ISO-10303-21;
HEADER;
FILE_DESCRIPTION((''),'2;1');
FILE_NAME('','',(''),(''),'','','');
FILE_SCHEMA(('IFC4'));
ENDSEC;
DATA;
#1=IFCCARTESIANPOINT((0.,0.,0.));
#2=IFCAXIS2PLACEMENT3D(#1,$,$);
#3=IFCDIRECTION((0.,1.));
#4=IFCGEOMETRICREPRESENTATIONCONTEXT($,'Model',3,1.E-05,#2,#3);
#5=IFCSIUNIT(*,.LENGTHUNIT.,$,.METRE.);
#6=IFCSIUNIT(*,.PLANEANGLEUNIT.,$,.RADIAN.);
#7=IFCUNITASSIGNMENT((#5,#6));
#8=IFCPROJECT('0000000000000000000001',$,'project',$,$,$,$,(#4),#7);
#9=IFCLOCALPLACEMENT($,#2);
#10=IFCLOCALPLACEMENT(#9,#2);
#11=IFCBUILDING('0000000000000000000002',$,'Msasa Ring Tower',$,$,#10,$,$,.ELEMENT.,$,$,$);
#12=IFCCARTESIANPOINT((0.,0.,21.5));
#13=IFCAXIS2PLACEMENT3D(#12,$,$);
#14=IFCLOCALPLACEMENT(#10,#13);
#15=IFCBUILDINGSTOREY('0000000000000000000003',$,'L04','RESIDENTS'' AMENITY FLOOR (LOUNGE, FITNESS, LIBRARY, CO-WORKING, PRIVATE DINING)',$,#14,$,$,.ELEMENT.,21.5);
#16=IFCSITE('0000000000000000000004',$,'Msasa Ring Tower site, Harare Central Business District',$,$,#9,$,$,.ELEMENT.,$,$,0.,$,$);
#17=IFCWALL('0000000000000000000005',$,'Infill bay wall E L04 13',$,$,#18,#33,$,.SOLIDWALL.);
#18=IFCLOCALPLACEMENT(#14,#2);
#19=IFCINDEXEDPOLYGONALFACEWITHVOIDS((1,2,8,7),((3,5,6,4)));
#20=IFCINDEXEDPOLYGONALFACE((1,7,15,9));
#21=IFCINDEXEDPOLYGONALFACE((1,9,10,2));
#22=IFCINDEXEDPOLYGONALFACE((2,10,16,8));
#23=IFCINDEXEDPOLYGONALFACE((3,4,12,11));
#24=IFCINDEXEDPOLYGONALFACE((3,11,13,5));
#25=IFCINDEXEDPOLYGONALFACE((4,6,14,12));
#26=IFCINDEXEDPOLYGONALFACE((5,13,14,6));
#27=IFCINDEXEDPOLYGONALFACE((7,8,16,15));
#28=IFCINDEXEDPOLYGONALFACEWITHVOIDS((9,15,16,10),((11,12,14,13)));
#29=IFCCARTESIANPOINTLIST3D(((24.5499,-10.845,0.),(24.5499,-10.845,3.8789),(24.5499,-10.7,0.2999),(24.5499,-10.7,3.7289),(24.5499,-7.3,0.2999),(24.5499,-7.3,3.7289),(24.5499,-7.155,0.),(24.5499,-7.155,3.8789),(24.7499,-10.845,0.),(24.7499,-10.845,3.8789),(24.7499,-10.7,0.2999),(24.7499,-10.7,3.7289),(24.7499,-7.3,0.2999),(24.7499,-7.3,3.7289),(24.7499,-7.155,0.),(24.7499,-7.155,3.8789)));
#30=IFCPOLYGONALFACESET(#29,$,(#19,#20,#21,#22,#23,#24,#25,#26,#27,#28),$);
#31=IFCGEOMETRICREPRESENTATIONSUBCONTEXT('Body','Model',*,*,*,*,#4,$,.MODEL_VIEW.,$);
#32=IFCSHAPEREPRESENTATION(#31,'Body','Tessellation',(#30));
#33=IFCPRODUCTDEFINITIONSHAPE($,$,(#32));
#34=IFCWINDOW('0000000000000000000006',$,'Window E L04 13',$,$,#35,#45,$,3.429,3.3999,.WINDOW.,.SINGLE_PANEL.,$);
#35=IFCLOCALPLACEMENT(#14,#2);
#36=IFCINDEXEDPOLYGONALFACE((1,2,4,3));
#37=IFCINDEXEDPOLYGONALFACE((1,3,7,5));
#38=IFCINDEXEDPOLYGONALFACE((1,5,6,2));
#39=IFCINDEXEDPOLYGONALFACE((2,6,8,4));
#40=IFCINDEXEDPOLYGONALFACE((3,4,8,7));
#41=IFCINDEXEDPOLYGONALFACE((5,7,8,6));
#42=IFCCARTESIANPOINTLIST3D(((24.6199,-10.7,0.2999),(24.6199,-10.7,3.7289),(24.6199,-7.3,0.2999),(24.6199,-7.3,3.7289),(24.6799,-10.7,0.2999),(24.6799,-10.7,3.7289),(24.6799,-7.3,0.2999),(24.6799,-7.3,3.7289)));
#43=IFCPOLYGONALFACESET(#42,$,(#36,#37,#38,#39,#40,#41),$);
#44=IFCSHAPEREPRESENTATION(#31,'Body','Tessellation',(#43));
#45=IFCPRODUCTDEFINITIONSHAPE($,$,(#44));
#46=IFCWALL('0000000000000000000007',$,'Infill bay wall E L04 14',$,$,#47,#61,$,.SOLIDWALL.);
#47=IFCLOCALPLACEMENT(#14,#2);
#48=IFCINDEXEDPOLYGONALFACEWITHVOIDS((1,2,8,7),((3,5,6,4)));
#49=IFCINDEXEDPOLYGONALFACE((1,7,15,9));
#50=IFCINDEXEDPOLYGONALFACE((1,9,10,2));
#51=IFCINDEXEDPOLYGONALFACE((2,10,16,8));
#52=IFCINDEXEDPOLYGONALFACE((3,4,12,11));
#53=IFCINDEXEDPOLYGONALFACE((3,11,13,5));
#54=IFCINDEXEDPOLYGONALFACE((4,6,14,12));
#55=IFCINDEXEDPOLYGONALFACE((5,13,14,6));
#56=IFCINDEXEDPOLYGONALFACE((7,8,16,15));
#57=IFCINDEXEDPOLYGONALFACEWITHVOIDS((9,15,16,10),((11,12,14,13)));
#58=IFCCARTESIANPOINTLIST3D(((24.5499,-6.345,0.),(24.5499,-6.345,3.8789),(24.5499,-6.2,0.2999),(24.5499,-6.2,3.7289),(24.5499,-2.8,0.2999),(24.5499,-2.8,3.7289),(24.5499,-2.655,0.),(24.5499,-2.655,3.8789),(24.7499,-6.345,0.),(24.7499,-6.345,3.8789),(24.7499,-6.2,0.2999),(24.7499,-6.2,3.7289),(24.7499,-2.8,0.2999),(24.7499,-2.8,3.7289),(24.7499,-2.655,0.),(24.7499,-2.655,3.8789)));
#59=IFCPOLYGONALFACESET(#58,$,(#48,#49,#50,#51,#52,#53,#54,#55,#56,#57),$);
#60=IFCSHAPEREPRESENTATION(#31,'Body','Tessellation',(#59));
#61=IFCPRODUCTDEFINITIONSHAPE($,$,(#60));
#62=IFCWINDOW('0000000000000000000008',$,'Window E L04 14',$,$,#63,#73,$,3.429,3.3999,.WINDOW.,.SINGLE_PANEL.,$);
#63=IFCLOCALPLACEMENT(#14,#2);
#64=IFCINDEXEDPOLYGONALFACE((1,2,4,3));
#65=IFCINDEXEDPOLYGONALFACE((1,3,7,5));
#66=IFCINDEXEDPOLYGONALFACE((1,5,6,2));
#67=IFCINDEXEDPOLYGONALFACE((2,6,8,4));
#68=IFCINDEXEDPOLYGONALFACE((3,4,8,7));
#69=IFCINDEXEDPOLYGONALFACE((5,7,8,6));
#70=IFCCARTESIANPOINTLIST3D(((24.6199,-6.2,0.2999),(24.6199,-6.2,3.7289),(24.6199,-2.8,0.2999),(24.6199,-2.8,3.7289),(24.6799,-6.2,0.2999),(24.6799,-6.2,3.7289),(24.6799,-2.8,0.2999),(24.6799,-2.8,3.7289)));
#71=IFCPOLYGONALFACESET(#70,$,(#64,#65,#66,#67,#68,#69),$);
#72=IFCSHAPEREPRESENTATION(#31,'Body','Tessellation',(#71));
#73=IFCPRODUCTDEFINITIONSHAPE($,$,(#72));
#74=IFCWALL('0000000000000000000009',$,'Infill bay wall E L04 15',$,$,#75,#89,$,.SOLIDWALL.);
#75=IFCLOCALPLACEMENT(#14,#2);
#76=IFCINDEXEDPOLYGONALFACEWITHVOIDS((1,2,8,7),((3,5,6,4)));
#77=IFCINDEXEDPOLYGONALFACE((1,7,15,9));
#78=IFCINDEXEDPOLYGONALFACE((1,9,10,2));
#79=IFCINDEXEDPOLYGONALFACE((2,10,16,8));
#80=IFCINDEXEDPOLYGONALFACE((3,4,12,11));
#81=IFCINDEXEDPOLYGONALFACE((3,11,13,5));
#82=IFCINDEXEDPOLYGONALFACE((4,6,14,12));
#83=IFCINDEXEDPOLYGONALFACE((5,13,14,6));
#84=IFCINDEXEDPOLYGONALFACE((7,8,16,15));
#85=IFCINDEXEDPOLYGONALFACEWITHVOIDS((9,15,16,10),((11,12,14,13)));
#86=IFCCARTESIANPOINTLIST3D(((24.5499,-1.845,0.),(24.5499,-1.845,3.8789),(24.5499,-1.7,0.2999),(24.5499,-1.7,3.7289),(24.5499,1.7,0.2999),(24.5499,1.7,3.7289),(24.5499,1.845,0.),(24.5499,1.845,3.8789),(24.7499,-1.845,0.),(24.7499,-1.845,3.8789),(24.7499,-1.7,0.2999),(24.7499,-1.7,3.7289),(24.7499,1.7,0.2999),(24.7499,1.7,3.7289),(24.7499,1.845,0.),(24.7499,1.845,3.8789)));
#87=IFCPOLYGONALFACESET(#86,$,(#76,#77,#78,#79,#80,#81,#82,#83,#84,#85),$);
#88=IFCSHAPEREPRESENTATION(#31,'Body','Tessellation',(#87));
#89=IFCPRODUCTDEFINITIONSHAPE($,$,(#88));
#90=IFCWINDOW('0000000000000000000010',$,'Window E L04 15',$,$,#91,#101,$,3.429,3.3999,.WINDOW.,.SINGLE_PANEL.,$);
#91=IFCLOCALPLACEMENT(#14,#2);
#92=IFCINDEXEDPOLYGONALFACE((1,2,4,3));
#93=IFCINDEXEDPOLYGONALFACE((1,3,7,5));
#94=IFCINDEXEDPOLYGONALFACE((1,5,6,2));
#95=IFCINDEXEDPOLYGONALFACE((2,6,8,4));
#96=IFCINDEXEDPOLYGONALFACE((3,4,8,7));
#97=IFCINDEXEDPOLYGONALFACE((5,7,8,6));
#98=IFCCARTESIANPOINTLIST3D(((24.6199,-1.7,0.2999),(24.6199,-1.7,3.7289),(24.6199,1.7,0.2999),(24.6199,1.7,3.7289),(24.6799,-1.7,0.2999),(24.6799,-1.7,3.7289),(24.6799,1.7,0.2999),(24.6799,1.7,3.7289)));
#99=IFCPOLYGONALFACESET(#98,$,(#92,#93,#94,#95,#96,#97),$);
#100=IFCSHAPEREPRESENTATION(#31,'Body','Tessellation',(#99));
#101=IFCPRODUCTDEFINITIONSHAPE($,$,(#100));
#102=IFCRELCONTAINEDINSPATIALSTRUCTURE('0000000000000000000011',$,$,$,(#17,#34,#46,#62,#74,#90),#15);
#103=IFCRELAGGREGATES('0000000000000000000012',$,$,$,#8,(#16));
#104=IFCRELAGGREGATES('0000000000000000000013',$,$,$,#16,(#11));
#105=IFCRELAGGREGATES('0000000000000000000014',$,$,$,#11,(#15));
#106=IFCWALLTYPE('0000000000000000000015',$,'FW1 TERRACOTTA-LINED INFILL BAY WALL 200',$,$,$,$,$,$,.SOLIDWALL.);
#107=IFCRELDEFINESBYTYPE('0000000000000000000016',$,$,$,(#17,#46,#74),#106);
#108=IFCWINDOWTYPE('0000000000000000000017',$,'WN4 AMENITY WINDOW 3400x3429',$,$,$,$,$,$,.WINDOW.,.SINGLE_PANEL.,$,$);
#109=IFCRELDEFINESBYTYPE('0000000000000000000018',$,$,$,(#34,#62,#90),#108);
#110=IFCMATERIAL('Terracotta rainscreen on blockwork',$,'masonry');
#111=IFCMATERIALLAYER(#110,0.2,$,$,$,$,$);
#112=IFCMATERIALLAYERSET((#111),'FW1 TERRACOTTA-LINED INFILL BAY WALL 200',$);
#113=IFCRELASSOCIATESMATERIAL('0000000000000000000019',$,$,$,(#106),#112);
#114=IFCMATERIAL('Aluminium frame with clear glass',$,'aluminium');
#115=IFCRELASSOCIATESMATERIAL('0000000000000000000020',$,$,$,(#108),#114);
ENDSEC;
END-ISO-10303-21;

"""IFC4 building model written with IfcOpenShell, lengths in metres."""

from ifc_helpers import new_model, si_unit, direction, frame, frame_2d, origin, place, context, subcontext, project, spatial, rectangle, extrude, material, layer, layer_set, type_object, element, fill, save


model = new_model("IFC4")

# Units and contexts
model_context = context("Model", 3, precision=1e-05, world=origin(), true_north=direction((0.0, 1.0)))
body_context = subcontext(model_context, "Body", "Model", "MODEL_VIEW")
ifc_project = project(units=[si_unit("LENGTHUNIT", "METRE"), si_unit("PLANEANGLEUNIT", "RADIAN")], contexts=[model_context])

# Site, building, storey
site_placement = place(None, origin())
site = spatial("IfcSite", under=ifc_project, at=site_placement, Name="Msasa Ring Tower site, Harare Central Business District", CompositionType="ELEMENT", RefElevation=0.0)
building_placement = place(site_placement, origin())
building = spatial("IfcBuilding", under=site, at=building_placement, Name="Msasa Ring Tower", CompositionType="ELEMENT")
storey_placement = place(building_placement, frame((0.0, 0.0, 21.5)))
storey = spatial("IfcBuildingStorey", under=building, at=storey_placement, Name="L04", Description="RESIDENTS' AMENITY FLOOR (LOUNGE, FITNESS, LIBRARY, CO-WORKING, PRIVATE DINING)", CompositionType="ELEMENT", Elevation=21.5)

# Walls, openings, windows
ifc_material_1 = material(Name="Terracotta rainscreen on blockwork", Category="masonry")
ifc_layer_1 = layer(ifc_material_1, 0.2)
ifc_layer_set_1 = layer_set([ifc_layer_1], Name="FW1 TERRACOTTA-LINED INFILL BAY WALL 200")
wall_type_1 = type_object("IfcWallType", Name="FW1 TERRACOTTA-LINED INFILL BAY WALL 200", PredefinedType="SOLIDWALL", material=ifc_layer_set_1)
wall_1_placement = place(storey_placement, frame((24.6499, -10.845, 0.0), z_axis=(0.0, 0.0, 1.0), x_axis=(0.0, 1.0, 0.0)))
wall_1 = element("IfcWall", 1, at=wall_1_placement, inside=storey, type_object=wall_type_1, Name="Infill bay wall E L04 13", PredefinedType="SOLIDWALL", context=body_context, shape_type="SweptSolid", body=[
    extrude(rectangle(XDim=3.6899, YDim=0.2, at=frame_2d((1.845, 0.0))), origin(), (0.0, 0.0, 1.0), 3.8789),
])
opening_1_placement = place(wall_1_placement, frame((0.145, 0.0, 0.3)))
opening_1 = element("IfcOpeningElement", 2, at=opening_1_placement, cuts=wall_1, PredefinedType="OPENING", context=body_context, shape_type="SweptSolid", body=[
    extrude(rectangle(XDim=3.3999, YDim=3.429, at=frame_2d((1.7, 1.7144))), frame((0.0, 0.1099, 0.0), z_axis=(0.0, -1.0, 0.0), x_axis=(1.0, 0.0, 0.0)), (0.0, 0.0, 1.0), 0.22),
])
ifc_material_2 = material(Name="Aluminium frame with clear glass", Category="aluminium")
window_type = type_object("IfcWindowType", Name="WN4 AMENITY WINDOW 3400x3429", PartitioningType="SINGLE_PANEL", PredefinedType="WINDOW", material=ifc_material_2)
window_1_placement = place(opening_1_placement, origin())
window_1 = element("IfcWindow", 3, at=window_1_placement, inside=storey, type_object=window_type, Name="Window E L04 13", OverallHeight=3.429, OverallWidth=3.3999, PartitioningType="SINGLE_PANEL", PredefinedType="WINDOW", context=body_context, shape_type="SweptSolid", body=[
    extrude(rectangle(XDim=3.3999, YDim=3.429, at=frame_2d((1.7, 1.7144))), frame((0.0, 0.03, 0.0), z_axis=(0.0, -1.0, 0.0), x_axis=(1.0, 0.0, 0.0)), (0.0, 0.0, 1.0), 0.0601),
])
fill(opening_1, window_1)
wall_2_placement = place(storey_placement, frame((24.6499, -6.345, 0.0), z_axis=(0.0, 0.0, 1.0), x_axis=(0.0, 1.0, 0.0)))
wall_2 = element("IfcWall", 4, at=wall_2_placement, inside=storey, type_object=wall_type_1, Name="Infill bay wall E L04 14", PredefinedType="SOLIDWALL", context=body_context, shape_type="SweptSolid", body=[
    extrude(rectangle(XDim=3.6899, YDim=0.2, at=frame_2d((1.845, 0.0))), origin(), (0.0, 0.0, 1.0), 3.8789),
])
opening_2_placement = place(wall_2_placement, frame((0.145, 0.0, 0.3)))
opening_2 = element("IfcOpeningElement", 5, at=opening_2_placement, cuts=wall_2, PredefinedType="OPENING", context=body_context, shape_type="SweptSolid", body=[
    extrude(rectangle(XDim=3.3999, YDim=3.429, at=frame_2d((1.7, 1.7144))), frame((0.0, 0.1099, 0.0), z_axis=(0.0, -1.0, 0.0), x_axis=(1.0, 0.0, 0.0)), (0.0, 0.0, 1.0), 0.22),
])
window_2_placement = place(opening_2_placement, origin())
window_2 = element("IfcWindow", 6, at=window_2_placement, inside=storey, type_object=window_type, Name="Window E L04 14", OverallHeight=3.429, OverallWidth=3.3999, PartitioningType="SINGLE_PANEL", PredefinedType="WINDOW", context=body_context, shape_type="SweptSolid", body=[
    extrude(rectangle(XDim=3.3999, YDim=3.429, at=frame_2d((1.7, 1.7144))), frame((0.0, 0.03, 0.0), z_axis=(0.0, -1.0, 0.0), x_axis=(1.0, 0.0, 0.0)), (0.0, 0.0, 1.0), 0.0601),
])
fill(opening_2, window_2)
wall_3_placement = place(storey_placement, frame((24.6499, -1.845, 0.0), z_axis=(0.0, 0.0, 1.0), x_axis=(0.0, 1.0, 0.0)))
wall_3 = element("IfcWall", 7, at=wall_3_placement, inside=storey, type_object=wall_type_1, Name="Infill bay wall E L04 15", PredefinedType="SOLIDWALL", context=body_context, shape_type="SweptSolid", body=[
    extrude(rectangle(XDim=3.6899, YDim=0.2, at=frame_2d((1.845, 0.0))), origin(), (0.0, 0.0, 1.0), 3.8789),
])
opening_3_placement = place(wall_3_placement, frame((0.145, 0.0, 0.3)))
opening_3 = element("IfcOpeningElement", 8, at=opening_3_placement, cuts=wall_3, PredefinedType="OPENING", context=body_context, shape_type="SweptSolid", body=[
    extrude(rectangle(XDim=3.3999, YDim=3.429, at=frame_2d((1.7, 1.7144))), frame((0.0, 0.1099, 0.0), z_axis=(0.0, -1.0, 0.0), x_axis=(1.0, 0.0, 0.0)), (0.0, 0.0, 1.0), 0.22),
])
window_3_placement = place(opening_3_placement, origin())
window_3 = element("IfcWindow", 9, at=window_3_placement, inside=storey, type_object=window_type, Name="Window E L04 15", OverallHeight=3.429, OverallWidth=3.3999, PartitioningType="SINGLE_PANEL", PredefinedType="WINDOW", context=body_context, shape_type="SweptSolid", body=[
    extrude(rectangle(XDim=3.3999, YDim=3.429, at=frame_2d((1.7, 1.7144))), frame((0.0, 0.03, 0.0), z_axis=(0.0, -1.0, 0.0), x_axis=(1.0, 0.0, 0.0)), (0.0, 0.0, 1.0), 0.0601),
])
fill(opening_3, window_3)

save(model, "model.ifc")
